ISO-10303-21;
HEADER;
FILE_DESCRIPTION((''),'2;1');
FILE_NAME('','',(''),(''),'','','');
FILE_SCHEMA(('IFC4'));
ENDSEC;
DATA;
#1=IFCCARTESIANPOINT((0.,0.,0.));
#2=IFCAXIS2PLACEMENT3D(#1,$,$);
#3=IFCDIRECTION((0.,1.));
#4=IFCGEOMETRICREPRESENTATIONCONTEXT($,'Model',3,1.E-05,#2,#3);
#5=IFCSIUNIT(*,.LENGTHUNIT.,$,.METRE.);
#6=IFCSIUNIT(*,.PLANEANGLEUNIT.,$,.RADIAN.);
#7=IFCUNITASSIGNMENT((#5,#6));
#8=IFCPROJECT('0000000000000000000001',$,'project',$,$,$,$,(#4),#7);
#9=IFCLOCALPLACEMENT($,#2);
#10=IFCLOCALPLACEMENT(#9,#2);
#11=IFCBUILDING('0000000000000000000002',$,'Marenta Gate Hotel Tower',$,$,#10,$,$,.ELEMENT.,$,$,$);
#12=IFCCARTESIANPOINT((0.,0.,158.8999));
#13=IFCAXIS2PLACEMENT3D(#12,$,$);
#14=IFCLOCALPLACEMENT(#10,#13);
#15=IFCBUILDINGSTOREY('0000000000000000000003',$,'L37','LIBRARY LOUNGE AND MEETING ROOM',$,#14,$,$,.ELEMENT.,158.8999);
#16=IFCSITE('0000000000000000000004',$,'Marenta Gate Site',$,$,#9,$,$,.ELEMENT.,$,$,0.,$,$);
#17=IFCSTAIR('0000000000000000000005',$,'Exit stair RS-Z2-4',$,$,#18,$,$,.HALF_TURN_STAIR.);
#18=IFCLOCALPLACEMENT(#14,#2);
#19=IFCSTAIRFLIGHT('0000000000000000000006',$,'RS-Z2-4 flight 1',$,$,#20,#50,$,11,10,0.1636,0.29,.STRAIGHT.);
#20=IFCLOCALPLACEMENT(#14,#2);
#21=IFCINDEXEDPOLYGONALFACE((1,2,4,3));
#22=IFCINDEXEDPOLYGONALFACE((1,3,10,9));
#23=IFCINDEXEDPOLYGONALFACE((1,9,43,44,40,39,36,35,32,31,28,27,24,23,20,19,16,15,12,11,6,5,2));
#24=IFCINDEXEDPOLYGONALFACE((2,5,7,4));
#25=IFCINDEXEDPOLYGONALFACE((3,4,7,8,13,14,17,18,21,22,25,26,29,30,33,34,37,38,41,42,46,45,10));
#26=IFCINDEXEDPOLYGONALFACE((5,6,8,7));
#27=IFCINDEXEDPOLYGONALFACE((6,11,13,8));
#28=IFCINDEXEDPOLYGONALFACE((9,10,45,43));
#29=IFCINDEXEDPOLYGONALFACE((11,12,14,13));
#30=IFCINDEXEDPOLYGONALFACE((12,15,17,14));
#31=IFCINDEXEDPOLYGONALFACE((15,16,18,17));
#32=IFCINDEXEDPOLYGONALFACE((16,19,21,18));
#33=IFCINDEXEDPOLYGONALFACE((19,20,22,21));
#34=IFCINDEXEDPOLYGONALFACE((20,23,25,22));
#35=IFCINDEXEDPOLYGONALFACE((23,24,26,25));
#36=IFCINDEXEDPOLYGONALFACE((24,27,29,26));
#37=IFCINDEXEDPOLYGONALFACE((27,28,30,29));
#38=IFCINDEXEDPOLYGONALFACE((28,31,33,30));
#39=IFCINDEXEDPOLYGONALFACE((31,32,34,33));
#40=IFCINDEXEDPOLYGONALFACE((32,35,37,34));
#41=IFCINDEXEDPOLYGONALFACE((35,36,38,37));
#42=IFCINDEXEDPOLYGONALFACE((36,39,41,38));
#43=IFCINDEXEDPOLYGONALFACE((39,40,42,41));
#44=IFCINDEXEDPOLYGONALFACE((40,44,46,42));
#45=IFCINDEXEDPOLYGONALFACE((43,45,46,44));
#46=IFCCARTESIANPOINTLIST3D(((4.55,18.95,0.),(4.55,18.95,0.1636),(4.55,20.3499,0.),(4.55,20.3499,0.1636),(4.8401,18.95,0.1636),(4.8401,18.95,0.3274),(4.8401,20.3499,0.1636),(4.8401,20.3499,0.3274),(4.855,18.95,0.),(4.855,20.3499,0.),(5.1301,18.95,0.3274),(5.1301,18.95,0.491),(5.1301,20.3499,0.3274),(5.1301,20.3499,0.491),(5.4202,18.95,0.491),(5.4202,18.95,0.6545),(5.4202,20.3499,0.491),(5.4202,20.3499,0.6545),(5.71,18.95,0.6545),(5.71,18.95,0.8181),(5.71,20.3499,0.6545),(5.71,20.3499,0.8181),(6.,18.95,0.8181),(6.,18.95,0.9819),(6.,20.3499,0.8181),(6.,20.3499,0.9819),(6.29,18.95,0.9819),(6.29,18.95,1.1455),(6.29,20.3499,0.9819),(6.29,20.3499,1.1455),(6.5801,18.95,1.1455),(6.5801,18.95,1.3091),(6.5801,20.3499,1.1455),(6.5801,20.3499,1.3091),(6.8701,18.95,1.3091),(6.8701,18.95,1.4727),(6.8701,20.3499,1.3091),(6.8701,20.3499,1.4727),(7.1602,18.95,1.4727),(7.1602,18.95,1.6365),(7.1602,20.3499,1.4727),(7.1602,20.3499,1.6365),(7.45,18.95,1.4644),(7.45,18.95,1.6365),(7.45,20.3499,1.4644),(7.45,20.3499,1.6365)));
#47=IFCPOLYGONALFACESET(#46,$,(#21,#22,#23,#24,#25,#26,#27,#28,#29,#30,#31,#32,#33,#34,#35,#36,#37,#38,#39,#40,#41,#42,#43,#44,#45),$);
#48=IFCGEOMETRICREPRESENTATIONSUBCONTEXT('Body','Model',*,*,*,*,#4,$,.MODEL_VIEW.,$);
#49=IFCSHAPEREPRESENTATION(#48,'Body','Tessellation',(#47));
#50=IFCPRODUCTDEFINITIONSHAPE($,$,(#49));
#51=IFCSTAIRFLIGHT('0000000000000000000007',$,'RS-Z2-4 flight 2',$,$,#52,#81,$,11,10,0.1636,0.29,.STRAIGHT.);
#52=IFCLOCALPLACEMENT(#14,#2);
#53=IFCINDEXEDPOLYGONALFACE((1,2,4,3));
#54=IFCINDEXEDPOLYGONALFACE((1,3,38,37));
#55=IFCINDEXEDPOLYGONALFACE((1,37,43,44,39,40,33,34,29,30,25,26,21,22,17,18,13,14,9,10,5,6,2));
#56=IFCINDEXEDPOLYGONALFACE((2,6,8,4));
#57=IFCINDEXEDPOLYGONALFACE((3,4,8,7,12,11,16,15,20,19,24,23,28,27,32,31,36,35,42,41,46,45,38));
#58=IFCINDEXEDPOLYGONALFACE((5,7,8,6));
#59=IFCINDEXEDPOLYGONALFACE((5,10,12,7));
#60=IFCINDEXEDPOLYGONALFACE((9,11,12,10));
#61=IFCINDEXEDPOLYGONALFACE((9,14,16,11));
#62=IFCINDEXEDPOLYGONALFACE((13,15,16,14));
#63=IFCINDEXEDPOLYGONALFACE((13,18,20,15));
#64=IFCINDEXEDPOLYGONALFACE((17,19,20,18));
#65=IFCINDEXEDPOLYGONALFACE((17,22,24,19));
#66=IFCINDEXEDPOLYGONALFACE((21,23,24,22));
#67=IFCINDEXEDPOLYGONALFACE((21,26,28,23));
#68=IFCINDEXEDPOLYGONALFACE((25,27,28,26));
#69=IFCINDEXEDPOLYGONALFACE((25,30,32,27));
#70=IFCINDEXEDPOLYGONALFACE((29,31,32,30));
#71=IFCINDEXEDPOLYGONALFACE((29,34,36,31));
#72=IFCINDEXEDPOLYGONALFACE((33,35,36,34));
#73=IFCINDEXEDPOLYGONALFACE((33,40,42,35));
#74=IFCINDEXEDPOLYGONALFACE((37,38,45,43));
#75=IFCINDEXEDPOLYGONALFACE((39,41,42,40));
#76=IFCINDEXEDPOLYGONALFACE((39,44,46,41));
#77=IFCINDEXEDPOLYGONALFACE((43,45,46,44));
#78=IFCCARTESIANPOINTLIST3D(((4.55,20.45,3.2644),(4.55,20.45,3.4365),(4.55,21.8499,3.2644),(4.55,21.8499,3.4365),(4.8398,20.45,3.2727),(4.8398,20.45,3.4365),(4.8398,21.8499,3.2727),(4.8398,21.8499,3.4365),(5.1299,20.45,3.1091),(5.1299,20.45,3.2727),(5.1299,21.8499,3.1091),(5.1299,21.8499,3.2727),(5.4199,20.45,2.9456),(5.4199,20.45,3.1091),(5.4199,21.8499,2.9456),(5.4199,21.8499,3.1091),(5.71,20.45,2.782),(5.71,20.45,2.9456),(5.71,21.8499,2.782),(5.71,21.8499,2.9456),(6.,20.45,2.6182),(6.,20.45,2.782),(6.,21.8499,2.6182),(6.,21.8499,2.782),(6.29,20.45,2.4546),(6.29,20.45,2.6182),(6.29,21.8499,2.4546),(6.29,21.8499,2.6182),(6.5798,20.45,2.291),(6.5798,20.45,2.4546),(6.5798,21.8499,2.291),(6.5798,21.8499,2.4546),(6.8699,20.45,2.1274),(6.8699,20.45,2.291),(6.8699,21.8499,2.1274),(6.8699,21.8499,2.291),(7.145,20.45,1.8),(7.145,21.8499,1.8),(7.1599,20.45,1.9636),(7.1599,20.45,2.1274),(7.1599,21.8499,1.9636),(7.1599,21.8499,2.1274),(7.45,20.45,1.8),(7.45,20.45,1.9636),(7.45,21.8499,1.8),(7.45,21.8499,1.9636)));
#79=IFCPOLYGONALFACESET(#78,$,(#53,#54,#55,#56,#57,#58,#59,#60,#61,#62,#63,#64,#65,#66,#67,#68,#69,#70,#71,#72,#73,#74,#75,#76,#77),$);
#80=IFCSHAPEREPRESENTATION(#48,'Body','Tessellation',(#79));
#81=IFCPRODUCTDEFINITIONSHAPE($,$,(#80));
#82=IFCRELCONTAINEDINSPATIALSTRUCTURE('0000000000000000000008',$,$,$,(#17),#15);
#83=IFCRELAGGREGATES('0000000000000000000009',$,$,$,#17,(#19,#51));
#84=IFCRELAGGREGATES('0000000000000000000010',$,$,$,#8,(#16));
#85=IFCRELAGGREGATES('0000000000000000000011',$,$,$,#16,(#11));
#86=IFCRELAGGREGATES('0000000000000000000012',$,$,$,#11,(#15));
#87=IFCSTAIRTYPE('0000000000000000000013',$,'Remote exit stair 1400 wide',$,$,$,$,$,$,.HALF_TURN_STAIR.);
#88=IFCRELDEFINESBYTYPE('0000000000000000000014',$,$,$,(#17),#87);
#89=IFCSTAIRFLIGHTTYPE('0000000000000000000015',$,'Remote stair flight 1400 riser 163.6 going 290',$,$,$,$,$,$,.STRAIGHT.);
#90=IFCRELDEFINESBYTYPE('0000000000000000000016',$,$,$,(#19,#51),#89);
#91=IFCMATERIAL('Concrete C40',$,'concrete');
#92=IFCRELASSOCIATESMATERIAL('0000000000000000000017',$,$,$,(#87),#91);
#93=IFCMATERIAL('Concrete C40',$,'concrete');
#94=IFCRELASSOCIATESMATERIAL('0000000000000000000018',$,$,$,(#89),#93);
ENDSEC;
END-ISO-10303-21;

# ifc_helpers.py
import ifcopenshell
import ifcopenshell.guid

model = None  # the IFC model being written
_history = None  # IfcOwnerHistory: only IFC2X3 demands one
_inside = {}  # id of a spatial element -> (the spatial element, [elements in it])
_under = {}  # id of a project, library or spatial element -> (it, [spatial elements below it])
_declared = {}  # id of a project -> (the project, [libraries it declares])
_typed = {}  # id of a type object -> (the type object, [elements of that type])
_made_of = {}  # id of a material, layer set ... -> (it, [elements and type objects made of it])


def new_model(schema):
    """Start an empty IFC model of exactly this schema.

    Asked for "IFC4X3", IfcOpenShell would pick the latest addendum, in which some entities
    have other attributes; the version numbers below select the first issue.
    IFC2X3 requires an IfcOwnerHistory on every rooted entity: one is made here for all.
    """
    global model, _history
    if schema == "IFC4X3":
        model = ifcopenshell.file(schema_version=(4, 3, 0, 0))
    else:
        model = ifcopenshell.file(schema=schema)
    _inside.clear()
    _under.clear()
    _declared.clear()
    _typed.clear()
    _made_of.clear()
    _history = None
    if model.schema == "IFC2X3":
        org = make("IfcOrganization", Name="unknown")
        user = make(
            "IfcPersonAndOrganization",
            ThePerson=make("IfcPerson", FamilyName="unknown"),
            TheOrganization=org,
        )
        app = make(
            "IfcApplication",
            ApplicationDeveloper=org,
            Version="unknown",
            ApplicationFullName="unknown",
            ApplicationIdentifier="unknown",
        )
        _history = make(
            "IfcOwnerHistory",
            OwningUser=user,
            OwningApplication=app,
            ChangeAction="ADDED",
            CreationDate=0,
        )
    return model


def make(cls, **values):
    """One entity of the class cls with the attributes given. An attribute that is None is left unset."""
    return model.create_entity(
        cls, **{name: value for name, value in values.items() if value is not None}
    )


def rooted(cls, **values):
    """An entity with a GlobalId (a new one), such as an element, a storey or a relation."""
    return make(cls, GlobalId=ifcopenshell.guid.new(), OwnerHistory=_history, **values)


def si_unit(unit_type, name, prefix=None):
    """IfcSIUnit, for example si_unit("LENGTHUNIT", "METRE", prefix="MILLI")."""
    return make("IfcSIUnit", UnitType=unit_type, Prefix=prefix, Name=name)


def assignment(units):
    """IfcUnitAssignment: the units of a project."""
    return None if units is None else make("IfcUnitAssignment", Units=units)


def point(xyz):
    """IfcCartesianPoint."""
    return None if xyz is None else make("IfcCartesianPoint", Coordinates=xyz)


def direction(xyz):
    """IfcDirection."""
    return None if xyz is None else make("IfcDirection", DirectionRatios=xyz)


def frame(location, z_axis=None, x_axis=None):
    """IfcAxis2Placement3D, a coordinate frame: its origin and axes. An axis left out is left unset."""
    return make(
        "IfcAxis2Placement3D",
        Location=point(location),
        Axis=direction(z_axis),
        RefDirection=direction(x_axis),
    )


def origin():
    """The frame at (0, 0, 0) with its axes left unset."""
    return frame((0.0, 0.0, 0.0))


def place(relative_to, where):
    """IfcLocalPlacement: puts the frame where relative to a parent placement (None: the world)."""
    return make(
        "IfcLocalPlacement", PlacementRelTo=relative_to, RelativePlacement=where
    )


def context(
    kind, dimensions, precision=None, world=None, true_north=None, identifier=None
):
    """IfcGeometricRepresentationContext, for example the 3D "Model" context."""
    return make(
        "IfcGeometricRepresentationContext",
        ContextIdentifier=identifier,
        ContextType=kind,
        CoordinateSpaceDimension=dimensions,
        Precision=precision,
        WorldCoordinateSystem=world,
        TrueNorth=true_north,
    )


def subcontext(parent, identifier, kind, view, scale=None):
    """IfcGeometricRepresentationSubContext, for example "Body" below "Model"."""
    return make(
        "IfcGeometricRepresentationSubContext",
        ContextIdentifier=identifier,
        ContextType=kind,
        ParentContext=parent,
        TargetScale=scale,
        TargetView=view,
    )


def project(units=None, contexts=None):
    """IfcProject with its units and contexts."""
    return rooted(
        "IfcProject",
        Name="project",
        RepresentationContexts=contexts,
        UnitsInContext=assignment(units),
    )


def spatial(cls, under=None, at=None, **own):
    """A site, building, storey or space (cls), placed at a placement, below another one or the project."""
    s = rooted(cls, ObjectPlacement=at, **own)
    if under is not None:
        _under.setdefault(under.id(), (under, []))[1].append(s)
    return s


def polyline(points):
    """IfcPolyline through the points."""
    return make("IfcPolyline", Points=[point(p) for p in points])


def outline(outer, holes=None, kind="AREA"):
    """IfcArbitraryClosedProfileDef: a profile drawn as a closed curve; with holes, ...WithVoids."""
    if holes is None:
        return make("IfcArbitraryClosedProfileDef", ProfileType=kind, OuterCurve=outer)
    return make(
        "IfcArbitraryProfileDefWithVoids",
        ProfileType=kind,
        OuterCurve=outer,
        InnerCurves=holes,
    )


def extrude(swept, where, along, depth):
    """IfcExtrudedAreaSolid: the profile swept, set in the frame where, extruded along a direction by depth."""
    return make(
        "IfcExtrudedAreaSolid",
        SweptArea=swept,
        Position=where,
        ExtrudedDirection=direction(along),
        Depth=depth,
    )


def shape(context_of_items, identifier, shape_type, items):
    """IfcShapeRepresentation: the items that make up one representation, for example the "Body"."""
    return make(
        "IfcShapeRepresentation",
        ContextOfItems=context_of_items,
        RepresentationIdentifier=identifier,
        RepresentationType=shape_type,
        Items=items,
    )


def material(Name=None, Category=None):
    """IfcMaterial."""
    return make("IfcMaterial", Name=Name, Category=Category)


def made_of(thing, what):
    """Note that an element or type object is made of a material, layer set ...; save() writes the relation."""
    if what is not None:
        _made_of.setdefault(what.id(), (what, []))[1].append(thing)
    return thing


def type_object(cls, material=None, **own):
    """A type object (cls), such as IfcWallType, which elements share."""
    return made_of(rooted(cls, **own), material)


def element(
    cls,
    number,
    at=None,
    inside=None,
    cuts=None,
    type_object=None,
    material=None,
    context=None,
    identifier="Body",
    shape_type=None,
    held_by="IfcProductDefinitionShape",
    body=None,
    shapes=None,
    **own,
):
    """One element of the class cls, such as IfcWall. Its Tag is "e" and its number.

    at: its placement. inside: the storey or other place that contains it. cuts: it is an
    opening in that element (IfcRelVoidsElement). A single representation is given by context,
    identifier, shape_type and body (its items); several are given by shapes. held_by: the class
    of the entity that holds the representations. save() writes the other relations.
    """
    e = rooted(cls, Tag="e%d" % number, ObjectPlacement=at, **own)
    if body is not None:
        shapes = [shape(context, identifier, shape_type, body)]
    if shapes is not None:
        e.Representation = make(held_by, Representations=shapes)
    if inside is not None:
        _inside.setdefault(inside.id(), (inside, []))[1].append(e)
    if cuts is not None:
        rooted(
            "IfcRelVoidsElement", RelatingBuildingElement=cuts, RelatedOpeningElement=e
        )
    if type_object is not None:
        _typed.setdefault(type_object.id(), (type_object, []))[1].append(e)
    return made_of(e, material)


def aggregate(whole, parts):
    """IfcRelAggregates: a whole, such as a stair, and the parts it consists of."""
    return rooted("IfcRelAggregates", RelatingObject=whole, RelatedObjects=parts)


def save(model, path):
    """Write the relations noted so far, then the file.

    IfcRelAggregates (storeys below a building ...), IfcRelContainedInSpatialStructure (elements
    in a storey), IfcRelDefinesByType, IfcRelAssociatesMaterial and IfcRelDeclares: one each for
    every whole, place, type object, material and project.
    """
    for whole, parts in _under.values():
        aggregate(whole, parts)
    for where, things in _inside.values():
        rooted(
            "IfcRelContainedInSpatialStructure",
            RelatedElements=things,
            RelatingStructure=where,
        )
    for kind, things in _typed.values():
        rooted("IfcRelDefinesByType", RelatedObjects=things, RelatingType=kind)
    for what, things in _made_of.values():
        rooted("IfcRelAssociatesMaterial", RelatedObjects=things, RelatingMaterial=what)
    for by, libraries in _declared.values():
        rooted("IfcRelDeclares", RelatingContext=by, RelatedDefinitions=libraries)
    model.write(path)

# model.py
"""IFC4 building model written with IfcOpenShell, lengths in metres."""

from ifc_helpers import new_model, si_unit, direction, frame, origin, place, context, subcontext, project, spatial, polyline, outline, extrude, material, type_object, element, aggregate, save


model = new_model("IFC4")

# Units and contexts
model_context = context("Model", 3, precision=1e-05, world=origin(), true_north=direction((0.0, 1.0)))
body_context = subcontext(model_context, "Body", "Model", "MODEL_VIEW")
ifc_project = project(units=[si_unit("LENGTHUNIT", "METRE"), si_unit("PLANEANGLEUNIT", "RADIAN")], contexts=[model_context])

# Site, building, storey
site_placement = place(None, origin())
site = spatial("IfcSite", under=ifc_project, at=site_placement, Name="Marenta Gate Site", CompositionType="ELEMENT", RefElevation=0.0)
building_placement = place(site_placement, origin())
building = spatial("IfcBuilding", under=site, at=building_placement, Name="Marenta Gate Hotel Tower", CompositionType="ELEMENT")
storey_placement = place(building_placement, frame((0.0, 0.0, 158.8999)))
storey = spatial("IfcBuildingStorey", under=building, at=storey_placement, Name="L37", Description="LIBRARY LOUNGE AND MEETING ROOM", CompositionType="ELEMENT", Elevation=158.8999)

# Stair, stair flights
ifc_material_1 = material(Name="Concrete C40", Category="concrete")
stair_type = type_object("IfcStairType", Name="Remote exit stair 1400 wide", PredefinedType="HALF_TURN_STAIR", material=ifc_material_1)
stair_placement = place(storey_placement, origin())
stair = element("IfcStair", 1, at=stair_placement, inside=storey, type_object=stair_type, Name="Exit stair RS-Z2-4", PredefinedType="HALF_TURN_STAIR")
ifc_material_2 = material(Name="Concrete C40", Category="concrete")
stair_flight_type = type_object("IfcStairFlightType", Name="Remote stair flight 1400 riser 163.6 going 290", PredefinedType="STRAIGHT", material=ifc_material_2)
stair_flight_1_placement = place(storey_placement, frame((4.55, 19.6499, 0.0), z_axis=(0.0, 0.0, 1.0), x_axis=(1.0, 0.0, 0.0)))
stair_flight_1 = element("IfcStairFlight", 2, at=stair_flight_1_placement, type_object=stair_flight_type, Name="RS-Z2-4 flight 1", NumberOfRisers=11, NumberOfTreads=10, PredefinedType="STRAIGHT", RiserHeight=0.1636, TreadLength=0.29, context=body_context, shape_type="SweptSolid", body=[
    extrude(outline(polyline([(0.0, 0.0), (0.0, 0.1636), (0.29, 0.1636), (0.29, 0.3274), (0.5801, 0.3274), (0.5801, 0.491), (0.8701, 0.491), (0.8701, 0.6545), (1.1599, 0.6545), (1.1599, 0.8181), (1.45, 0.8181), (1.45, 0.9819), (1.74, 0.9819), (1.74, 1.1455), (2.03, 1.1455), (2.03, 1.3091), (2.3201, 1.3091), (2.3201, 1.4727), (2.6101, 1.4727), (2.6101, 1.6365), (2.8999, 1.6365), (2.8999, 1.8), (2.8999, 1.4644), (0.3049, 0.0), (0.0, 0.0)])), frame((0.0, 0.7, 0.0), z_axis=(0.0, -1.0, 0.0), x_axis=(1.0, 0.0, 0.0)), (0.0, 0.0, 1.0), 1.3999),
])
stair_flight_2_placement = place(storey_placement, frame((7.45, 21.1499, 1.8), z_axis=(0.0, 0.0, 1.0), x_axis=(-1.0, 0.0, 0.0)))
stair_flight_2 = element("IfcStairFlight", 3, at=stair_flight_2_placement, type_object=stair_flight_type, Name="RS-Z2-4 flight 2", NumberOfRisers=11, NumberOfTreads=10, PredefinedType="STRAIGHT", RiserHeight=0.1636, TreadLength=0.29, context=body_context, shape_type="SweptSolid", body=[
    extrude(outline(polyline([(0.0, 0.0), (0.0, 0.1636), (0.29, 0.1636), (0.29, 0.3274), (0.5801, 0.3274), (0.5801, 0.491), (0.8701, 0.491), (0.8701, 0.6545), (1.1599, 0.6545), (1.1599, 0.8181), (1.45, 0.8181), (1.45, 0.9819), (1.74, 0.9819), (1.74, 1.1455), (2.03, 1.1455), (2.03, 1.3091), (2.3201, 1.3091), (2.3201, 1.4727), (2.6101, 1.4727), (2.6101, 1.6365), (2.8999, 1.6365), (2.8999, 1.8), (2.8999, 1.4644), (0.3049, 0.0), (0.0, 0.0)])), frame((0.0, 0.7, 0.0), z_axis=(0.0, -1.0, 0.0), x_axis=(1.0, 0.0, 0.0)), (0.0, 0.0, 1.0), 1.3999),
])
aggregate(stair, [stair_flight_1, stair_flight_2])

save(model, "model.ifc")
